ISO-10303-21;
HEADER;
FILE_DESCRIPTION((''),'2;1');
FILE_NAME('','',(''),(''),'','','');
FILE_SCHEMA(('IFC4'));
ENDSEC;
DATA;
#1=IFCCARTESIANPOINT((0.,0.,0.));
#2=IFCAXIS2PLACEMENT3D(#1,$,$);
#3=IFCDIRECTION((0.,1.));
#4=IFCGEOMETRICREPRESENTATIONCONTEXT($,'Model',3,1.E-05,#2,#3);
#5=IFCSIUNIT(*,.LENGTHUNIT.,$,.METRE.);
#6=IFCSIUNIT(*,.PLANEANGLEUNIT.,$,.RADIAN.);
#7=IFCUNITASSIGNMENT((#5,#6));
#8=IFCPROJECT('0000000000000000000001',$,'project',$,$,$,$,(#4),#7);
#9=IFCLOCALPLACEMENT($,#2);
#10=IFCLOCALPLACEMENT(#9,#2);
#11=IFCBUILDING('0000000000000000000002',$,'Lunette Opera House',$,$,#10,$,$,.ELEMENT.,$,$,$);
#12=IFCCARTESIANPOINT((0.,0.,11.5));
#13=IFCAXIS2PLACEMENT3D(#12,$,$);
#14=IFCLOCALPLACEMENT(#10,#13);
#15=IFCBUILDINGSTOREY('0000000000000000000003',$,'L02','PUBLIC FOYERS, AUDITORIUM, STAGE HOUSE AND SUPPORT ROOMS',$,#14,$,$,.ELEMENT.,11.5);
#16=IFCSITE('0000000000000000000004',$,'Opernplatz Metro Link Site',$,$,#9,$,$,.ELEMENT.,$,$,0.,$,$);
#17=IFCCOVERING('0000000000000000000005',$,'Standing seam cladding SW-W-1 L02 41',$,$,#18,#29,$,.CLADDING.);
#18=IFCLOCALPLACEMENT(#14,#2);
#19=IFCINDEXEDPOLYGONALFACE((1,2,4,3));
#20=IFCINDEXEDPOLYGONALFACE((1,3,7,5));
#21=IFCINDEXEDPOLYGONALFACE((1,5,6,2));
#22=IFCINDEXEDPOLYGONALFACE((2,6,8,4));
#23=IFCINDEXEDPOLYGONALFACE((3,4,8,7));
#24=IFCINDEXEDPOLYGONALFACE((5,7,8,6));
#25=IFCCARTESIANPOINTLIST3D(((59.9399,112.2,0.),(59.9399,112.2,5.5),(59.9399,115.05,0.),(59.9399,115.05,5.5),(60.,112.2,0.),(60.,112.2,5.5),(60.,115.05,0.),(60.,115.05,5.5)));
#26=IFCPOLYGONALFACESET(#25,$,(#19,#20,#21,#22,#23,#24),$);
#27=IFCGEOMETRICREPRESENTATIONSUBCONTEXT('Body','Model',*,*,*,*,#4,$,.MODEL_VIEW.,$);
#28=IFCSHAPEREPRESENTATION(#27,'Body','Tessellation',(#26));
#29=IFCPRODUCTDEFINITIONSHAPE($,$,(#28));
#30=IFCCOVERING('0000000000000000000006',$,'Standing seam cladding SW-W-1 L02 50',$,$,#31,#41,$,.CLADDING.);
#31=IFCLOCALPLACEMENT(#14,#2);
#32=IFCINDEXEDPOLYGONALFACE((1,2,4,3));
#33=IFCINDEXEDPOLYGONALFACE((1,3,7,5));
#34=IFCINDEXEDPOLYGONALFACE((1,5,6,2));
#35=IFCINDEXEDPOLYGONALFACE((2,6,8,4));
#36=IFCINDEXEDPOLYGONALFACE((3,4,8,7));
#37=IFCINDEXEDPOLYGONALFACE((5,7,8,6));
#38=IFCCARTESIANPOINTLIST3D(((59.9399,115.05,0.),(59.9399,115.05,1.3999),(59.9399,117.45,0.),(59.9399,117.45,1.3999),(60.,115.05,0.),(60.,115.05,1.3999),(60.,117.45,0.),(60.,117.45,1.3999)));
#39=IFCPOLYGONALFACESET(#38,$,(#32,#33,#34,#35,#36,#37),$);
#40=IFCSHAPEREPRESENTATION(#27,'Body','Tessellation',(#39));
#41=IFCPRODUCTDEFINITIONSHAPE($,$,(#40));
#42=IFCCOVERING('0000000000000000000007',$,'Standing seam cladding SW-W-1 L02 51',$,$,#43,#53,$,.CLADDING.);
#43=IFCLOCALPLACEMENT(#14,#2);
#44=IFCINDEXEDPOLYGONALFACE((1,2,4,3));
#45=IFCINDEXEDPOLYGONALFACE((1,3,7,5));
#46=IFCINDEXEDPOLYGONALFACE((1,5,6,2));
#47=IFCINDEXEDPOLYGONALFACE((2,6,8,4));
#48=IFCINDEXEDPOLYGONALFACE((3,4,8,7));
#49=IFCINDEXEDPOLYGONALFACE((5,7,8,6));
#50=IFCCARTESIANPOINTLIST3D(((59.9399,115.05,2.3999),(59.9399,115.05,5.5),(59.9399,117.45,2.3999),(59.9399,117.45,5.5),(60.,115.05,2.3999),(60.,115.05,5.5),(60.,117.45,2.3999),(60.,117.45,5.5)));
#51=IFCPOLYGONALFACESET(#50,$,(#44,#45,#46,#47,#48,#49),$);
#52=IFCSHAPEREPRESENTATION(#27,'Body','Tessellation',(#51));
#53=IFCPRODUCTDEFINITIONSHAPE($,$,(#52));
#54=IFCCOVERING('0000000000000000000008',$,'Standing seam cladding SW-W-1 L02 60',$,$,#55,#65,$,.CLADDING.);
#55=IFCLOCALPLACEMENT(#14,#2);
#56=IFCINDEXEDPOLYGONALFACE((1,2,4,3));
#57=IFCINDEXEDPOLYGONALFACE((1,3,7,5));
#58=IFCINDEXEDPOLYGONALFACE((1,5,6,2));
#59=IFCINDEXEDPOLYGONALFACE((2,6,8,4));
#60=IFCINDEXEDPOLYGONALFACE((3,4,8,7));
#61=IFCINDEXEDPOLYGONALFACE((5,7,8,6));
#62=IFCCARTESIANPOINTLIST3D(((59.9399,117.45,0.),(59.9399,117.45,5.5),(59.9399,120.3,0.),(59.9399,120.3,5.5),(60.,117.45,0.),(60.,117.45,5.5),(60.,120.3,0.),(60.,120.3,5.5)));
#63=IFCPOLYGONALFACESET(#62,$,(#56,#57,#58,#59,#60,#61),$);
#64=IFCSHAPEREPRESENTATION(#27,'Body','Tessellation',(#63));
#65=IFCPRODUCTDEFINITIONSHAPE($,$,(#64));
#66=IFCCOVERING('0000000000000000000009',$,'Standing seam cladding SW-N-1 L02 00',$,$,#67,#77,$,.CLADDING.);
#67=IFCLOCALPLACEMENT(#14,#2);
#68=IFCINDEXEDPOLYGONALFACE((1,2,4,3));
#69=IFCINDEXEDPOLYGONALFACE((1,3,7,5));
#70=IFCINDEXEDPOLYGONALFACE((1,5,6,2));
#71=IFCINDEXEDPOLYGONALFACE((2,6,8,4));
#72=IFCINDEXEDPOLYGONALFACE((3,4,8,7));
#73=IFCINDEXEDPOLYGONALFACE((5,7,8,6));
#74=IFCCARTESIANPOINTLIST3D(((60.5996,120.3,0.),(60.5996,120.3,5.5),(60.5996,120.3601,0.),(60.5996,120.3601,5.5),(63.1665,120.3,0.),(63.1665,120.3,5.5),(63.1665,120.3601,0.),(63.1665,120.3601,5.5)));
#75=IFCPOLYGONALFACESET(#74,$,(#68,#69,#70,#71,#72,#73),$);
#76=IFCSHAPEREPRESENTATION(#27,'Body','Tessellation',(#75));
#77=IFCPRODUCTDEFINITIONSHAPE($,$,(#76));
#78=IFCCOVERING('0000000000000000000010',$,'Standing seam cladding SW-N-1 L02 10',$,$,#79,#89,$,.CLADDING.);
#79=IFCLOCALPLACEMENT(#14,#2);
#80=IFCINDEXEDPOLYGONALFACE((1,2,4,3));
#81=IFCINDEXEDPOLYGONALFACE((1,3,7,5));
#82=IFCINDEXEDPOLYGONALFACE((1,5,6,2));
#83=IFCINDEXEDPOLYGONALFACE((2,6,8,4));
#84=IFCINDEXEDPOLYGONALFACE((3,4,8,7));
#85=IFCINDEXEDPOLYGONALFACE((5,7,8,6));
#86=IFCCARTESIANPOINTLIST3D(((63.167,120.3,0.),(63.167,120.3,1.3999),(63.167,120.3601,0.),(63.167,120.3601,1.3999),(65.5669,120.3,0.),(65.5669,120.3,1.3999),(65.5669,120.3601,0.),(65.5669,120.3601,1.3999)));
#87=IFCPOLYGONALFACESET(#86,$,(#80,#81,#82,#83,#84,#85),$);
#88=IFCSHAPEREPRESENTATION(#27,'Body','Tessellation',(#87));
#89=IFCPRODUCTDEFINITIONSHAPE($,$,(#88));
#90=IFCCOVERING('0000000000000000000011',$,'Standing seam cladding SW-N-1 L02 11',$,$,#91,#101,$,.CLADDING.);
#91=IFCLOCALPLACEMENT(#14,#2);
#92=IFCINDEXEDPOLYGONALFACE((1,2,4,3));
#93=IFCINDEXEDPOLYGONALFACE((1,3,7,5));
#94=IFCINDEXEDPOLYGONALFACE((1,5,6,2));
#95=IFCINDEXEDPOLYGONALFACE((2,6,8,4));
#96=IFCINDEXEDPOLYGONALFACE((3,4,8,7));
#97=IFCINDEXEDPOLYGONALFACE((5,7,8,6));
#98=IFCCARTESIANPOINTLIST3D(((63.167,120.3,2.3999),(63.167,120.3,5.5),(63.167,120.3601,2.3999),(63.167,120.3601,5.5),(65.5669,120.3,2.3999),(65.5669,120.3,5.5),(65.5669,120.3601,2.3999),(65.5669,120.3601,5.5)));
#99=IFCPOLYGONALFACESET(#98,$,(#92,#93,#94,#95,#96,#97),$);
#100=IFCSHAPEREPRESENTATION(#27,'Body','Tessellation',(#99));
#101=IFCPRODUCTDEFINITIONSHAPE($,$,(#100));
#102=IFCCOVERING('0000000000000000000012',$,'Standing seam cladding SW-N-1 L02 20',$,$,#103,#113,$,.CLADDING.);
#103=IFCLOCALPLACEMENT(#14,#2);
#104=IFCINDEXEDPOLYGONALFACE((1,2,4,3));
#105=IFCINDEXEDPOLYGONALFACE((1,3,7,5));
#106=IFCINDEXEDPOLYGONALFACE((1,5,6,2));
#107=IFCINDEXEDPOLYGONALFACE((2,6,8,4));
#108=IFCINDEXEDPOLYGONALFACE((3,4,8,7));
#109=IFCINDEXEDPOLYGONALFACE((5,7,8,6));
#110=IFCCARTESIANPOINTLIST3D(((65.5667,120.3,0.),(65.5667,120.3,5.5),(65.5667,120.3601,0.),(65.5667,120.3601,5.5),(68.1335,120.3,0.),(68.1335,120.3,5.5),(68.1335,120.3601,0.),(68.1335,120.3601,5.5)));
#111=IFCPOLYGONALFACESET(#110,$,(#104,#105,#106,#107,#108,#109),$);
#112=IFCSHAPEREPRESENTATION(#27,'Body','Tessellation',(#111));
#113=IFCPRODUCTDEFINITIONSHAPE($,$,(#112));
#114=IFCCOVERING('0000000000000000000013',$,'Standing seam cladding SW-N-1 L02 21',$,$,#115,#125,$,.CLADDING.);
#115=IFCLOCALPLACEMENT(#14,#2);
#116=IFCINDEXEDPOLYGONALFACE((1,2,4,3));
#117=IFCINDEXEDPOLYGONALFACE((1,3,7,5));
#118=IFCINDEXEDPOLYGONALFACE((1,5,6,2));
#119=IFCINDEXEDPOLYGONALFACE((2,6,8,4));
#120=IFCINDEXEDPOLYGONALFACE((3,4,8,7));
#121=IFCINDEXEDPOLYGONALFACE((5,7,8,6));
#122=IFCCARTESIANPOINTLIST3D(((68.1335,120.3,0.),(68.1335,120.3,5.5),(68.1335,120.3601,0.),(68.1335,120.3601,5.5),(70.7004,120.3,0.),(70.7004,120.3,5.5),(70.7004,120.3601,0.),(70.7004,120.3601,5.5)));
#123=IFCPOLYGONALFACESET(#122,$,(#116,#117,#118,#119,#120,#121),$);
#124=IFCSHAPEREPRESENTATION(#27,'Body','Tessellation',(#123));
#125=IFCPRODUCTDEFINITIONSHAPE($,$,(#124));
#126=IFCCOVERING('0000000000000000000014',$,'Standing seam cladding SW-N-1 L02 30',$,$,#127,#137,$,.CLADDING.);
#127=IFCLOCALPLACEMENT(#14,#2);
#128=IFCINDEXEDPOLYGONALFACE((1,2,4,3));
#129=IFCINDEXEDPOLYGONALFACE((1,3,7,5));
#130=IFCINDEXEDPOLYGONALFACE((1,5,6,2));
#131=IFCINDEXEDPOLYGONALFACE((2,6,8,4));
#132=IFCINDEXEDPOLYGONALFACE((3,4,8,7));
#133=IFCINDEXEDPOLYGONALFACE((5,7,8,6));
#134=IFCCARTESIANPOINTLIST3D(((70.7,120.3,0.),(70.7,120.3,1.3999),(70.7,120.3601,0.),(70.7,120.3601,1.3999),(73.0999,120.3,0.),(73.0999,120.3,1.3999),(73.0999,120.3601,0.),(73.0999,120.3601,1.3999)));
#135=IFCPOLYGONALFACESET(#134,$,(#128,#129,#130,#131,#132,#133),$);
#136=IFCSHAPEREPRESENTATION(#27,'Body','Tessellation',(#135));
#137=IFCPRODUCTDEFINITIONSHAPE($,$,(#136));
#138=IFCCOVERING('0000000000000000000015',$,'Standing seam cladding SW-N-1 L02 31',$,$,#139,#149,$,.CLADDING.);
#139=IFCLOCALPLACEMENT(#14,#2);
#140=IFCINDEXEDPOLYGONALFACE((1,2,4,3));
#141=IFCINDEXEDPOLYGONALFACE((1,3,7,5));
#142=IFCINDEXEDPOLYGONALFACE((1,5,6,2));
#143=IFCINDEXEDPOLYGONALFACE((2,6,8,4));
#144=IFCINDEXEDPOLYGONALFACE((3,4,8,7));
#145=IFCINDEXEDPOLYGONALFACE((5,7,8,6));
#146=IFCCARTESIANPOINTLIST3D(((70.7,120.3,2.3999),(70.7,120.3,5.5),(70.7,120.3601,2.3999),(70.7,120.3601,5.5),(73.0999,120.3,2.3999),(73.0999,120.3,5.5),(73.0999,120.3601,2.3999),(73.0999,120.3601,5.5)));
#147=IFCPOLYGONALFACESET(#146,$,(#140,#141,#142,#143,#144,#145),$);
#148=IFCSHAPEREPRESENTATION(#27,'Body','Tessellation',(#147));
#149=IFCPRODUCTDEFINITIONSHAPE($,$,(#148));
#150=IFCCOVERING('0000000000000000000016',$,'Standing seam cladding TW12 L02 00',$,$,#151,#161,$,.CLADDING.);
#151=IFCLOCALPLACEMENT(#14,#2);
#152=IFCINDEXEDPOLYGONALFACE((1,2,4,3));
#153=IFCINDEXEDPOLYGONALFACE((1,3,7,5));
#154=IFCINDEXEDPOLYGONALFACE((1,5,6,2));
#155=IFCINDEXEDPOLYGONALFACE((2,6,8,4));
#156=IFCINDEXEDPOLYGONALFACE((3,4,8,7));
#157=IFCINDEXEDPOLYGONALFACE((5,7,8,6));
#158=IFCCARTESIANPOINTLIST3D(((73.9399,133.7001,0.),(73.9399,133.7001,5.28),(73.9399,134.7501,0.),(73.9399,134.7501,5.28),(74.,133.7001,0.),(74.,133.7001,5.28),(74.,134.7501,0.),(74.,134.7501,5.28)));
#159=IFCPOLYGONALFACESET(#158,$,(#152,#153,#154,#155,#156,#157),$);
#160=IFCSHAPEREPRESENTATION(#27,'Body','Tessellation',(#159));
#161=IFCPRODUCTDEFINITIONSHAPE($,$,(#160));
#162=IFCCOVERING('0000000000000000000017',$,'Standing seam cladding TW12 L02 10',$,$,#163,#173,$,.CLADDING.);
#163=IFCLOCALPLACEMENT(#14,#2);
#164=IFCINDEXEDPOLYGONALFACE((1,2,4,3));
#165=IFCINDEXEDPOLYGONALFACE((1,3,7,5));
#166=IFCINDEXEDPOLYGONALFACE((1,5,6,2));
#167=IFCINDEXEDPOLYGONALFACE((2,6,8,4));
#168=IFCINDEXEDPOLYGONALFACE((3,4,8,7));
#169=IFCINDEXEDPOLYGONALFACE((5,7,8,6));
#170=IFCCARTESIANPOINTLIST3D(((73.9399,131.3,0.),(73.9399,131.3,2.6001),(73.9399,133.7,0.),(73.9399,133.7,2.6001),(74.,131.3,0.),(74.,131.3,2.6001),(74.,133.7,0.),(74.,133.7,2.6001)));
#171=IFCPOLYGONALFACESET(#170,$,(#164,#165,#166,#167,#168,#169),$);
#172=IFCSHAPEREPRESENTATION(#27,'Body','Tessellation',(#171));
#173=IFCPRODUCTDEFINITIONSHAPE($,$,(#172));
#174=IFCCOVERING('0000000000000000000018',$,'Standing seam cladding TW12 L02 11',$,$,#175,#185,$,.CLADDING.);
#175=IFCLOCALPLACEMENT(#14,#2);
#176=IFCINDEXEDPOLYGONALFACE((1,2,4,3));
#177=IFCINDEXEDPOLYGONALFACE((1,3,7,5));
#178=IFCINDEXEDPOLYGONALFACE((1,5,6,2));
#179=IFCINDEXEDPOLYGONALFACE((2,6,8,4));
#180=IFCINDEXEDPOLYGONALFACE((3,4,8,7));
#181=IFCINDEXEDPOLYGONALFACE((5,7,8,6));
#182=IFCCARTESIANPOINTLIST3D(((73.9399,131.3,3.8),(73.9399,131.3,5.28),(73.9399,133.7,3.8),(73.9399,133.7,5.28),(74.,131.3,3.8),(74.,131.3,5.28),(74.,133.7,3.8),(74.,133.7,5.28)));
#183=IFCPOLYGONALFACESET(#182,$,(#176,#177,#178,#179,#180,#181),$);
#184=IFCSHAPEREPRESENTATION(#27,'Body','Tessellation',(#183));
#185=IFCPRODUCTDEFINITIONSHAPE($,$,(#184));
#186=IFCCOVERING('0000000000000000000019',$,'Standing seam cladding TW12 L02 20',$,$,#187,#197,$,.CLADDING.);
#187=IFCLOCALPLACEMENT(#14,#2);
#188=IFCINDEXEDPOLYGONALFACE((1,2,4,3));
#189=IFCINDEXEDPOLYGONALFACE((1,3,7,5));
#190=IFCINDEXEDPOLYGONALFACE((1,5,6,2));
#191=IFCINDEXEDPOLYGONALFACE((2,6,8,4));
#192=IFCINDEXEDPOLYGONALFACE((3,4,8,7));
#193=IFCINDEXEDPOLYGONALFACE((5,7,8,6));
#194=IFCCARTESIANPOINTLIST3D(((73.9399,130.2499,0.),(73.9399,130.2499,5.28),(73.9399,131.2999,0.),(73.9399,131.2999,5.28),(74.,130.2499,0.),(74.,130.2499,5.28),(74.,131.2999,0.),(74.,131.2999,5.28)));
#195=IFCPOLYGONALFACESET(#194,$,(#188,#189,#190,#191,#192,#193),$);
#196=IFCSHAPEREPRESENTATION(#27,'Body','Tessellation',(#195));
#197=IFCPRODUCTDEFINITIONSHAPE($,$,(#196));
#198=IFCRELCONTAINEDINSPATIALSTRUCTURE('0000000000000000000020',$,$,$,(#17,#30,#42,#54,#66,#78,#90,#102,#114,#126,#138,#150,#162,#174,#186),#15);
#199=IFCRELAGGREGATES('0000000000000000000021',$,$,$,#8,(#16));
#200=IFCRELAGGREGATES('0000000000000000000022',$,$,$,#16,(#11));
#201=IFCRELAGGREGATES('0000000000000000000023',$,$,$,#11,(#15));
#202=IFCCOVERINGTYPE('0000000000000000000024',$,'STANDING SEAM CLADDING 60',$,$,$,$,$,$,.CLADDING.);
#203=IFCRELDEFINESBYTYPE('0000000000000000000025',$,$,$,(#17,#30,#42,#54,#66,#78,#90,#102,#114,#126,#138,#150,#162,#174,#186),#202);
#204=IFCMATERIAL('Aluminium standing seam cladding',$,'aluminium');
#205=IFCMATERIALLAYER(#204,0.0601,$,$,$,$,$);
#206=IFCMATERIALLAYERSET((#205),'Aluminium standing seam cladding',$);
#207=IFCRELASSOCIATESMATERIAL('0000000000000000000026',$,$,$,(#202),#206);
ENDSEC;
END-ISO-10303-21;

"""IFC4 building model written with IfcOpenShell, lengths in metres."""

from ifc_helpers import new_model, si_unit, direction, frame, origin, origin_2d, place, context, subcontext, project, spatial, rectangle, extrude, material, layer, layer_set, type_object, element, save


model = new_model("IFC4")

# Units and contexts
model_context = context("Model", 3, precision=1e-05, world=origin(), true_north=direction((0.0, 1.0)))
body_context = subcontext(model_context, "Body", "Model", "MODEL_VIEW")
ifc_project = project(units=[si_unit("LENGTHUNIT", "METRE"), si_unit("PLANEANGLEUNIT", "RADIAN")], contexts=[model_context])

# Site, building, storey
site_placement = place(None, origin())
site = spatial("IfcSite", under=ifc_project, at=site_placement, Name="Opernplatz Metro Link Site", CompositionType="ELEMENT", RefElevation=0.0)
building_placement = place(site_placement, origin())
building = spatial("IfcBuilding", under=site, at=building_placement, Name="Lunette Opera House", CompositionType="ELEMENT")
storey_placement = place(building_placement, frame((0.0, 0.0, 11.5)))
storey = spatial("IfcBuildingStorey", under=building, at=storey_placement, Name="L02", Description="PUBLIC FOYERS, AUDITORIUM, STAGE HOUSE AND SUPPORT ROOMS", CompositionType="ELEMENT", Elevation=11.5)

# Coverings
ifc_material_1 = material(Name="Aluminium standing seam cladding", Category="aluminium")
ifc_layer_1 = layer(ifc_material_1, 0.0601)
ifc_layer_set_1 = layer_set([ifc_layer_1], Name="Aluminium standing seam cladding")
covering_type = type_object("IfcCoveringType", Name="STANDING SEAM CLADDING 60", PredefinedType="CLADDING", material=ifc_layer_set_1)
covering_1_placement = place(storey_placement, frame((59.97, 113.625, 0.0), z_axis=(0.0, 0.0, 1.0), x_axis=(0.0, 1.0, 0.0)))
element("IfcCovering", 1, at=covering_1_placement, inside=storey, type_object=covering_type, Name="Standing seam cladding SW-W-1 L02 41", PredefinedType="CLADDING", context=body_context, shape_type="SweptSolid", body=[
    extrude(rectangle(XDim=2.8501, YDim=0.0601, at=origin_2d()), origin(), (0.0, 0.0, 1.0), 5.5),
])
covering_2_placement = place(storey_placement, frame((59.97, 116.25, 0.0), z_axis=(0.0, 0.0, 1.0), x_axis=(0.0, 1.0, 0.0)))
element("IfcCovering", 2, at=covering_2_placement, inside=storey, type_object=covering_type, Name="Standing seam cladding SW-W-1 L02 50", PredefinedType="CLADDING", context=body_context, shape_type="SweptSolid", body=[
    extrude(rectangle(XDim=2.3999, YDim=0.0601, at=origin_2d()), origin(), (0.0, 0.0, 1.0), 1.3999),
])
covering_3_placement = place(storey_placement, frame((59.97, 116.25, 2.3999), z_axis=(0.0, 0.0, 1.0), x_axis=(0.0, 1.0, 0.0)))
element("IfcCovering", 3, at=covering_3_placement, inside=storey, type_object=covering_type, Name="Standing seam cladding SW-W-1 L02 51", PredefinedType="CLADDING", context=body_context, shape_type="SweptSolid", body=[
    extrude(rectangle(XDim=2.3999, YDim=0.0601, at=origin_2d()), origin(), (0.0, 0.0, 1.0), 3.1001),
])
covering_4_placement = place(storey_placement, frame((59.97, 118.875, 0.0), z_axis=(0.0, 0.0, 1.0), x_axis=(0.0, 1.0, 0.0)))
element("IfcCovering", 4, at=covering_4_placement, inside=storey, type_object=covering_type, Name="Standing seam cladding SW-W-1 L02 60", PredefinedType="CLADDING", context=body_context, shape_type="SweptSolid", body=[
    extrude(rectangle(XDim=2.8501, YDim=0.0601, at=origin_2d()), origin(), (0.0, 0.0, 1.0), 5.5),
])
covering_5_placement = place(storey_placement, frame((61.8831, 120.3301, 0.0), z_axis=(0.0, 0.0, 1.0), x_axis=(1.0, 0.0, 0.0)))
element("IfcCovering", 5, at=covering_5_placement, inside=storey, type_object=covering_type, Name="Standing seam cladding SW-N-1 L02 00", PredefinedType="CLADDING", context=body_context, shape_type="SweptSolid", body=[
    extrude(rectangle(XDim=2.5669, YDim=0.0601, at=origin_2d()), origin(), (0.0, 0.0, 1.0), 5.5),
])
covering_6_placement = place(storey_placement, frame((64.3669, 120.3301, 0.0), z_axis=(0.0, 0.0, 1.0), x_axis=(1.0, 0.0, 0.0)))
element("IfcCovering", 6, at=covering_6_placement, inside=storey, type_object=covering_type, Name="Standing seam cladding SW-N-1 L02 10", PredefinedType="CLADDING", context=body_context, shape_type="SweptSolid", body=[
    extrude(rectangle(XDim=2.3999, YDim=0.0601, at=origin_2d()), origin(), (0.0, 0.0, 1.0), 1.3999),
])
covering_7_placement = place(storey_placement, frame((64.3669, 120.3301, 2.3999), z_axis=(0.0, 0.0, 1.0), x_axis=(1.0, 0.0, 0.0)))
element("IfcCovering", 7, at=covering_7_placement, inside=storey, type_object=covering_type, Name="Standing seam cladding SW-N-1 L02 11", PredefinedType="CLADDING", context=body_context, shape_type="SweptSolid", body=[
    extrude(rectangle(XDim=2.3999, YDim=0.0601, at=origin_2d()), origin(), (0.0, 0.0, 1.0), 3.1001),
])
for number, where, z_axis, x_axis, name in (
    (8, (66.8501, 120.3301, 0.0), (0.0, 0.0, 1.0), (1.0, 0.0, 0.0), "Standing seam cladding SW-N-1 L02 20"),
    (9, (69.417, 120.3301, 0.0), (0.0, 0.0, 1.0), (1.0, 0.0, 0.0), "Standing seam cladding SW-N-1 L02 21"),
):
    element("IfcCovering", number, at=place(storey_placement, frame(where, z_axis=z_axis, x_axis=x_axis)), inside=storey, type_object=covering_type, Name=name, PredefinedType="CLADDING", context=body_context, shape_type="SweptSolid", body=[
        extrude(rectangle(XDim=2.5669, YDim=0.0601, at=origin_2d()), origin(), (0.0, 0.0, 1.0), 5.5),
    ])
covering_8_placement = place(storey_placement, frame((71.8999, 120.3301, 0.0), z_axis=(0.0, 0.0, 1.0), x_axis=(1.0, 0.0, 0.0)))
element("IfcCovering", 10, at=covering_8_placement, inside=storey, type_object=covering_type, Name="Standing seam cladding SW-N-1 L02 30", PredefinedType="CLADDING", context=body_context, shape_type="SweptSolid", body=[
    extrude(rectangle(XDim=2.3999, YDim=0.0601, at=origin_2d()), origin(), (0.0, 0.0, 1.0), 1.3999),
])
covering_9_placement = place(storey_placement, frame((71.8999, 120.3301, 2.3999), z_axis=(0.0, 0.0, 1.0), x_axis=(1.0, 0.0, 0.0)))
element("IfcCovering", 11, at=covering_9_placement, inside=storey, type_object=covering_type, Name="Standing seam cladding SW-N-1 L02 31", PredefinedType="CLADDING", context=body_context, shape_type="SweptSolid", body=[
    extrude(rectangle(XDim=2.3999, YDim=0.0601, at=origin_2d()), origin(), (0.0, 0.0, 1.0), 3.1001),
])
covering_10_placement = place(storey_placement, frame((73.97, 134.2251, 0.0), z_axis=(0.0, 0.0, 1.0), x_axis=(0.0, -1.0, 0.0)))
element("IfcCovering", 12, at=covering_10_placement, inside=storey, type_object=covering_type, Name="Standing seam cladding TW12 L02 00", PredefinedType="CLADDING", context=body_context, shape_type="SweptSolid", body=[
    extrude(rectangle(XDim=1.05, YDim=0.0601, at=origin_2d()), origin(), (0.0, 0.0, 1.0), 5.28),
])
covering_11_placement = place(storey_placement, frame((73.97, 132.5, 0.0), z_axis=(0.0, 0.0, 1.0), x_axis=(0.0, -1.0, 0.0)))
element("IfcCovering", 13, at=covering_11_placement, inside=storey, type_object=covering_type, Name="Standing seam cladding TW12 L02 10", PredefinedType="CLADDING", context=body_context, shape_type="SweptSolid", body=[
    extrude(rectangle(XDim=2.3999, YDim=0.0601, at=origin_2d()), origin(), (0.0, 0.0, 1.0), 2.6001),
])
covering_12_placement = place(storey_placement, frame((73.97, 132.5, 3.8), z_axis=(0.0, 0.0, 1.0), x_axis=(0.0, -1.0, 0.0)))
element("IfcCovering", 14, at=covering_12_placement, inside=storey, type_object=covering_type, Name="Standing seam cladding TW12 L02 11", PredefinedType="CLADDING", context=body_context, shape_type="SweptSolid", body=[
    extrude(rectangle(XDim=2.3999, YDim=0.0601, at=origin_2d()), origin(), (0.0, 0.0, 1.0), 1.48),
])
covering_13_placement = place(storey_placement, frame((73.97, 130.7749, 0.0), z_axis=(0.0, 0.0, 1.0), x_axis=(0.0, -1.0, 0.0)))
element("IfcCovering", 15, at=covering_13_placement, inside=storey, type_object=covering_type, Name="Standing seam cladding TW12 L02 20", PredefinedType="CLADDING", context=body_context, shape_type="SweptSolid", body=[
    extrude(rectangle(XDim=1.05, YDim=0.0601, at=origin_2d()), origin(), (0.0, 0.0, 1.0), 5.28),
])

save(model, "model.ifc")
